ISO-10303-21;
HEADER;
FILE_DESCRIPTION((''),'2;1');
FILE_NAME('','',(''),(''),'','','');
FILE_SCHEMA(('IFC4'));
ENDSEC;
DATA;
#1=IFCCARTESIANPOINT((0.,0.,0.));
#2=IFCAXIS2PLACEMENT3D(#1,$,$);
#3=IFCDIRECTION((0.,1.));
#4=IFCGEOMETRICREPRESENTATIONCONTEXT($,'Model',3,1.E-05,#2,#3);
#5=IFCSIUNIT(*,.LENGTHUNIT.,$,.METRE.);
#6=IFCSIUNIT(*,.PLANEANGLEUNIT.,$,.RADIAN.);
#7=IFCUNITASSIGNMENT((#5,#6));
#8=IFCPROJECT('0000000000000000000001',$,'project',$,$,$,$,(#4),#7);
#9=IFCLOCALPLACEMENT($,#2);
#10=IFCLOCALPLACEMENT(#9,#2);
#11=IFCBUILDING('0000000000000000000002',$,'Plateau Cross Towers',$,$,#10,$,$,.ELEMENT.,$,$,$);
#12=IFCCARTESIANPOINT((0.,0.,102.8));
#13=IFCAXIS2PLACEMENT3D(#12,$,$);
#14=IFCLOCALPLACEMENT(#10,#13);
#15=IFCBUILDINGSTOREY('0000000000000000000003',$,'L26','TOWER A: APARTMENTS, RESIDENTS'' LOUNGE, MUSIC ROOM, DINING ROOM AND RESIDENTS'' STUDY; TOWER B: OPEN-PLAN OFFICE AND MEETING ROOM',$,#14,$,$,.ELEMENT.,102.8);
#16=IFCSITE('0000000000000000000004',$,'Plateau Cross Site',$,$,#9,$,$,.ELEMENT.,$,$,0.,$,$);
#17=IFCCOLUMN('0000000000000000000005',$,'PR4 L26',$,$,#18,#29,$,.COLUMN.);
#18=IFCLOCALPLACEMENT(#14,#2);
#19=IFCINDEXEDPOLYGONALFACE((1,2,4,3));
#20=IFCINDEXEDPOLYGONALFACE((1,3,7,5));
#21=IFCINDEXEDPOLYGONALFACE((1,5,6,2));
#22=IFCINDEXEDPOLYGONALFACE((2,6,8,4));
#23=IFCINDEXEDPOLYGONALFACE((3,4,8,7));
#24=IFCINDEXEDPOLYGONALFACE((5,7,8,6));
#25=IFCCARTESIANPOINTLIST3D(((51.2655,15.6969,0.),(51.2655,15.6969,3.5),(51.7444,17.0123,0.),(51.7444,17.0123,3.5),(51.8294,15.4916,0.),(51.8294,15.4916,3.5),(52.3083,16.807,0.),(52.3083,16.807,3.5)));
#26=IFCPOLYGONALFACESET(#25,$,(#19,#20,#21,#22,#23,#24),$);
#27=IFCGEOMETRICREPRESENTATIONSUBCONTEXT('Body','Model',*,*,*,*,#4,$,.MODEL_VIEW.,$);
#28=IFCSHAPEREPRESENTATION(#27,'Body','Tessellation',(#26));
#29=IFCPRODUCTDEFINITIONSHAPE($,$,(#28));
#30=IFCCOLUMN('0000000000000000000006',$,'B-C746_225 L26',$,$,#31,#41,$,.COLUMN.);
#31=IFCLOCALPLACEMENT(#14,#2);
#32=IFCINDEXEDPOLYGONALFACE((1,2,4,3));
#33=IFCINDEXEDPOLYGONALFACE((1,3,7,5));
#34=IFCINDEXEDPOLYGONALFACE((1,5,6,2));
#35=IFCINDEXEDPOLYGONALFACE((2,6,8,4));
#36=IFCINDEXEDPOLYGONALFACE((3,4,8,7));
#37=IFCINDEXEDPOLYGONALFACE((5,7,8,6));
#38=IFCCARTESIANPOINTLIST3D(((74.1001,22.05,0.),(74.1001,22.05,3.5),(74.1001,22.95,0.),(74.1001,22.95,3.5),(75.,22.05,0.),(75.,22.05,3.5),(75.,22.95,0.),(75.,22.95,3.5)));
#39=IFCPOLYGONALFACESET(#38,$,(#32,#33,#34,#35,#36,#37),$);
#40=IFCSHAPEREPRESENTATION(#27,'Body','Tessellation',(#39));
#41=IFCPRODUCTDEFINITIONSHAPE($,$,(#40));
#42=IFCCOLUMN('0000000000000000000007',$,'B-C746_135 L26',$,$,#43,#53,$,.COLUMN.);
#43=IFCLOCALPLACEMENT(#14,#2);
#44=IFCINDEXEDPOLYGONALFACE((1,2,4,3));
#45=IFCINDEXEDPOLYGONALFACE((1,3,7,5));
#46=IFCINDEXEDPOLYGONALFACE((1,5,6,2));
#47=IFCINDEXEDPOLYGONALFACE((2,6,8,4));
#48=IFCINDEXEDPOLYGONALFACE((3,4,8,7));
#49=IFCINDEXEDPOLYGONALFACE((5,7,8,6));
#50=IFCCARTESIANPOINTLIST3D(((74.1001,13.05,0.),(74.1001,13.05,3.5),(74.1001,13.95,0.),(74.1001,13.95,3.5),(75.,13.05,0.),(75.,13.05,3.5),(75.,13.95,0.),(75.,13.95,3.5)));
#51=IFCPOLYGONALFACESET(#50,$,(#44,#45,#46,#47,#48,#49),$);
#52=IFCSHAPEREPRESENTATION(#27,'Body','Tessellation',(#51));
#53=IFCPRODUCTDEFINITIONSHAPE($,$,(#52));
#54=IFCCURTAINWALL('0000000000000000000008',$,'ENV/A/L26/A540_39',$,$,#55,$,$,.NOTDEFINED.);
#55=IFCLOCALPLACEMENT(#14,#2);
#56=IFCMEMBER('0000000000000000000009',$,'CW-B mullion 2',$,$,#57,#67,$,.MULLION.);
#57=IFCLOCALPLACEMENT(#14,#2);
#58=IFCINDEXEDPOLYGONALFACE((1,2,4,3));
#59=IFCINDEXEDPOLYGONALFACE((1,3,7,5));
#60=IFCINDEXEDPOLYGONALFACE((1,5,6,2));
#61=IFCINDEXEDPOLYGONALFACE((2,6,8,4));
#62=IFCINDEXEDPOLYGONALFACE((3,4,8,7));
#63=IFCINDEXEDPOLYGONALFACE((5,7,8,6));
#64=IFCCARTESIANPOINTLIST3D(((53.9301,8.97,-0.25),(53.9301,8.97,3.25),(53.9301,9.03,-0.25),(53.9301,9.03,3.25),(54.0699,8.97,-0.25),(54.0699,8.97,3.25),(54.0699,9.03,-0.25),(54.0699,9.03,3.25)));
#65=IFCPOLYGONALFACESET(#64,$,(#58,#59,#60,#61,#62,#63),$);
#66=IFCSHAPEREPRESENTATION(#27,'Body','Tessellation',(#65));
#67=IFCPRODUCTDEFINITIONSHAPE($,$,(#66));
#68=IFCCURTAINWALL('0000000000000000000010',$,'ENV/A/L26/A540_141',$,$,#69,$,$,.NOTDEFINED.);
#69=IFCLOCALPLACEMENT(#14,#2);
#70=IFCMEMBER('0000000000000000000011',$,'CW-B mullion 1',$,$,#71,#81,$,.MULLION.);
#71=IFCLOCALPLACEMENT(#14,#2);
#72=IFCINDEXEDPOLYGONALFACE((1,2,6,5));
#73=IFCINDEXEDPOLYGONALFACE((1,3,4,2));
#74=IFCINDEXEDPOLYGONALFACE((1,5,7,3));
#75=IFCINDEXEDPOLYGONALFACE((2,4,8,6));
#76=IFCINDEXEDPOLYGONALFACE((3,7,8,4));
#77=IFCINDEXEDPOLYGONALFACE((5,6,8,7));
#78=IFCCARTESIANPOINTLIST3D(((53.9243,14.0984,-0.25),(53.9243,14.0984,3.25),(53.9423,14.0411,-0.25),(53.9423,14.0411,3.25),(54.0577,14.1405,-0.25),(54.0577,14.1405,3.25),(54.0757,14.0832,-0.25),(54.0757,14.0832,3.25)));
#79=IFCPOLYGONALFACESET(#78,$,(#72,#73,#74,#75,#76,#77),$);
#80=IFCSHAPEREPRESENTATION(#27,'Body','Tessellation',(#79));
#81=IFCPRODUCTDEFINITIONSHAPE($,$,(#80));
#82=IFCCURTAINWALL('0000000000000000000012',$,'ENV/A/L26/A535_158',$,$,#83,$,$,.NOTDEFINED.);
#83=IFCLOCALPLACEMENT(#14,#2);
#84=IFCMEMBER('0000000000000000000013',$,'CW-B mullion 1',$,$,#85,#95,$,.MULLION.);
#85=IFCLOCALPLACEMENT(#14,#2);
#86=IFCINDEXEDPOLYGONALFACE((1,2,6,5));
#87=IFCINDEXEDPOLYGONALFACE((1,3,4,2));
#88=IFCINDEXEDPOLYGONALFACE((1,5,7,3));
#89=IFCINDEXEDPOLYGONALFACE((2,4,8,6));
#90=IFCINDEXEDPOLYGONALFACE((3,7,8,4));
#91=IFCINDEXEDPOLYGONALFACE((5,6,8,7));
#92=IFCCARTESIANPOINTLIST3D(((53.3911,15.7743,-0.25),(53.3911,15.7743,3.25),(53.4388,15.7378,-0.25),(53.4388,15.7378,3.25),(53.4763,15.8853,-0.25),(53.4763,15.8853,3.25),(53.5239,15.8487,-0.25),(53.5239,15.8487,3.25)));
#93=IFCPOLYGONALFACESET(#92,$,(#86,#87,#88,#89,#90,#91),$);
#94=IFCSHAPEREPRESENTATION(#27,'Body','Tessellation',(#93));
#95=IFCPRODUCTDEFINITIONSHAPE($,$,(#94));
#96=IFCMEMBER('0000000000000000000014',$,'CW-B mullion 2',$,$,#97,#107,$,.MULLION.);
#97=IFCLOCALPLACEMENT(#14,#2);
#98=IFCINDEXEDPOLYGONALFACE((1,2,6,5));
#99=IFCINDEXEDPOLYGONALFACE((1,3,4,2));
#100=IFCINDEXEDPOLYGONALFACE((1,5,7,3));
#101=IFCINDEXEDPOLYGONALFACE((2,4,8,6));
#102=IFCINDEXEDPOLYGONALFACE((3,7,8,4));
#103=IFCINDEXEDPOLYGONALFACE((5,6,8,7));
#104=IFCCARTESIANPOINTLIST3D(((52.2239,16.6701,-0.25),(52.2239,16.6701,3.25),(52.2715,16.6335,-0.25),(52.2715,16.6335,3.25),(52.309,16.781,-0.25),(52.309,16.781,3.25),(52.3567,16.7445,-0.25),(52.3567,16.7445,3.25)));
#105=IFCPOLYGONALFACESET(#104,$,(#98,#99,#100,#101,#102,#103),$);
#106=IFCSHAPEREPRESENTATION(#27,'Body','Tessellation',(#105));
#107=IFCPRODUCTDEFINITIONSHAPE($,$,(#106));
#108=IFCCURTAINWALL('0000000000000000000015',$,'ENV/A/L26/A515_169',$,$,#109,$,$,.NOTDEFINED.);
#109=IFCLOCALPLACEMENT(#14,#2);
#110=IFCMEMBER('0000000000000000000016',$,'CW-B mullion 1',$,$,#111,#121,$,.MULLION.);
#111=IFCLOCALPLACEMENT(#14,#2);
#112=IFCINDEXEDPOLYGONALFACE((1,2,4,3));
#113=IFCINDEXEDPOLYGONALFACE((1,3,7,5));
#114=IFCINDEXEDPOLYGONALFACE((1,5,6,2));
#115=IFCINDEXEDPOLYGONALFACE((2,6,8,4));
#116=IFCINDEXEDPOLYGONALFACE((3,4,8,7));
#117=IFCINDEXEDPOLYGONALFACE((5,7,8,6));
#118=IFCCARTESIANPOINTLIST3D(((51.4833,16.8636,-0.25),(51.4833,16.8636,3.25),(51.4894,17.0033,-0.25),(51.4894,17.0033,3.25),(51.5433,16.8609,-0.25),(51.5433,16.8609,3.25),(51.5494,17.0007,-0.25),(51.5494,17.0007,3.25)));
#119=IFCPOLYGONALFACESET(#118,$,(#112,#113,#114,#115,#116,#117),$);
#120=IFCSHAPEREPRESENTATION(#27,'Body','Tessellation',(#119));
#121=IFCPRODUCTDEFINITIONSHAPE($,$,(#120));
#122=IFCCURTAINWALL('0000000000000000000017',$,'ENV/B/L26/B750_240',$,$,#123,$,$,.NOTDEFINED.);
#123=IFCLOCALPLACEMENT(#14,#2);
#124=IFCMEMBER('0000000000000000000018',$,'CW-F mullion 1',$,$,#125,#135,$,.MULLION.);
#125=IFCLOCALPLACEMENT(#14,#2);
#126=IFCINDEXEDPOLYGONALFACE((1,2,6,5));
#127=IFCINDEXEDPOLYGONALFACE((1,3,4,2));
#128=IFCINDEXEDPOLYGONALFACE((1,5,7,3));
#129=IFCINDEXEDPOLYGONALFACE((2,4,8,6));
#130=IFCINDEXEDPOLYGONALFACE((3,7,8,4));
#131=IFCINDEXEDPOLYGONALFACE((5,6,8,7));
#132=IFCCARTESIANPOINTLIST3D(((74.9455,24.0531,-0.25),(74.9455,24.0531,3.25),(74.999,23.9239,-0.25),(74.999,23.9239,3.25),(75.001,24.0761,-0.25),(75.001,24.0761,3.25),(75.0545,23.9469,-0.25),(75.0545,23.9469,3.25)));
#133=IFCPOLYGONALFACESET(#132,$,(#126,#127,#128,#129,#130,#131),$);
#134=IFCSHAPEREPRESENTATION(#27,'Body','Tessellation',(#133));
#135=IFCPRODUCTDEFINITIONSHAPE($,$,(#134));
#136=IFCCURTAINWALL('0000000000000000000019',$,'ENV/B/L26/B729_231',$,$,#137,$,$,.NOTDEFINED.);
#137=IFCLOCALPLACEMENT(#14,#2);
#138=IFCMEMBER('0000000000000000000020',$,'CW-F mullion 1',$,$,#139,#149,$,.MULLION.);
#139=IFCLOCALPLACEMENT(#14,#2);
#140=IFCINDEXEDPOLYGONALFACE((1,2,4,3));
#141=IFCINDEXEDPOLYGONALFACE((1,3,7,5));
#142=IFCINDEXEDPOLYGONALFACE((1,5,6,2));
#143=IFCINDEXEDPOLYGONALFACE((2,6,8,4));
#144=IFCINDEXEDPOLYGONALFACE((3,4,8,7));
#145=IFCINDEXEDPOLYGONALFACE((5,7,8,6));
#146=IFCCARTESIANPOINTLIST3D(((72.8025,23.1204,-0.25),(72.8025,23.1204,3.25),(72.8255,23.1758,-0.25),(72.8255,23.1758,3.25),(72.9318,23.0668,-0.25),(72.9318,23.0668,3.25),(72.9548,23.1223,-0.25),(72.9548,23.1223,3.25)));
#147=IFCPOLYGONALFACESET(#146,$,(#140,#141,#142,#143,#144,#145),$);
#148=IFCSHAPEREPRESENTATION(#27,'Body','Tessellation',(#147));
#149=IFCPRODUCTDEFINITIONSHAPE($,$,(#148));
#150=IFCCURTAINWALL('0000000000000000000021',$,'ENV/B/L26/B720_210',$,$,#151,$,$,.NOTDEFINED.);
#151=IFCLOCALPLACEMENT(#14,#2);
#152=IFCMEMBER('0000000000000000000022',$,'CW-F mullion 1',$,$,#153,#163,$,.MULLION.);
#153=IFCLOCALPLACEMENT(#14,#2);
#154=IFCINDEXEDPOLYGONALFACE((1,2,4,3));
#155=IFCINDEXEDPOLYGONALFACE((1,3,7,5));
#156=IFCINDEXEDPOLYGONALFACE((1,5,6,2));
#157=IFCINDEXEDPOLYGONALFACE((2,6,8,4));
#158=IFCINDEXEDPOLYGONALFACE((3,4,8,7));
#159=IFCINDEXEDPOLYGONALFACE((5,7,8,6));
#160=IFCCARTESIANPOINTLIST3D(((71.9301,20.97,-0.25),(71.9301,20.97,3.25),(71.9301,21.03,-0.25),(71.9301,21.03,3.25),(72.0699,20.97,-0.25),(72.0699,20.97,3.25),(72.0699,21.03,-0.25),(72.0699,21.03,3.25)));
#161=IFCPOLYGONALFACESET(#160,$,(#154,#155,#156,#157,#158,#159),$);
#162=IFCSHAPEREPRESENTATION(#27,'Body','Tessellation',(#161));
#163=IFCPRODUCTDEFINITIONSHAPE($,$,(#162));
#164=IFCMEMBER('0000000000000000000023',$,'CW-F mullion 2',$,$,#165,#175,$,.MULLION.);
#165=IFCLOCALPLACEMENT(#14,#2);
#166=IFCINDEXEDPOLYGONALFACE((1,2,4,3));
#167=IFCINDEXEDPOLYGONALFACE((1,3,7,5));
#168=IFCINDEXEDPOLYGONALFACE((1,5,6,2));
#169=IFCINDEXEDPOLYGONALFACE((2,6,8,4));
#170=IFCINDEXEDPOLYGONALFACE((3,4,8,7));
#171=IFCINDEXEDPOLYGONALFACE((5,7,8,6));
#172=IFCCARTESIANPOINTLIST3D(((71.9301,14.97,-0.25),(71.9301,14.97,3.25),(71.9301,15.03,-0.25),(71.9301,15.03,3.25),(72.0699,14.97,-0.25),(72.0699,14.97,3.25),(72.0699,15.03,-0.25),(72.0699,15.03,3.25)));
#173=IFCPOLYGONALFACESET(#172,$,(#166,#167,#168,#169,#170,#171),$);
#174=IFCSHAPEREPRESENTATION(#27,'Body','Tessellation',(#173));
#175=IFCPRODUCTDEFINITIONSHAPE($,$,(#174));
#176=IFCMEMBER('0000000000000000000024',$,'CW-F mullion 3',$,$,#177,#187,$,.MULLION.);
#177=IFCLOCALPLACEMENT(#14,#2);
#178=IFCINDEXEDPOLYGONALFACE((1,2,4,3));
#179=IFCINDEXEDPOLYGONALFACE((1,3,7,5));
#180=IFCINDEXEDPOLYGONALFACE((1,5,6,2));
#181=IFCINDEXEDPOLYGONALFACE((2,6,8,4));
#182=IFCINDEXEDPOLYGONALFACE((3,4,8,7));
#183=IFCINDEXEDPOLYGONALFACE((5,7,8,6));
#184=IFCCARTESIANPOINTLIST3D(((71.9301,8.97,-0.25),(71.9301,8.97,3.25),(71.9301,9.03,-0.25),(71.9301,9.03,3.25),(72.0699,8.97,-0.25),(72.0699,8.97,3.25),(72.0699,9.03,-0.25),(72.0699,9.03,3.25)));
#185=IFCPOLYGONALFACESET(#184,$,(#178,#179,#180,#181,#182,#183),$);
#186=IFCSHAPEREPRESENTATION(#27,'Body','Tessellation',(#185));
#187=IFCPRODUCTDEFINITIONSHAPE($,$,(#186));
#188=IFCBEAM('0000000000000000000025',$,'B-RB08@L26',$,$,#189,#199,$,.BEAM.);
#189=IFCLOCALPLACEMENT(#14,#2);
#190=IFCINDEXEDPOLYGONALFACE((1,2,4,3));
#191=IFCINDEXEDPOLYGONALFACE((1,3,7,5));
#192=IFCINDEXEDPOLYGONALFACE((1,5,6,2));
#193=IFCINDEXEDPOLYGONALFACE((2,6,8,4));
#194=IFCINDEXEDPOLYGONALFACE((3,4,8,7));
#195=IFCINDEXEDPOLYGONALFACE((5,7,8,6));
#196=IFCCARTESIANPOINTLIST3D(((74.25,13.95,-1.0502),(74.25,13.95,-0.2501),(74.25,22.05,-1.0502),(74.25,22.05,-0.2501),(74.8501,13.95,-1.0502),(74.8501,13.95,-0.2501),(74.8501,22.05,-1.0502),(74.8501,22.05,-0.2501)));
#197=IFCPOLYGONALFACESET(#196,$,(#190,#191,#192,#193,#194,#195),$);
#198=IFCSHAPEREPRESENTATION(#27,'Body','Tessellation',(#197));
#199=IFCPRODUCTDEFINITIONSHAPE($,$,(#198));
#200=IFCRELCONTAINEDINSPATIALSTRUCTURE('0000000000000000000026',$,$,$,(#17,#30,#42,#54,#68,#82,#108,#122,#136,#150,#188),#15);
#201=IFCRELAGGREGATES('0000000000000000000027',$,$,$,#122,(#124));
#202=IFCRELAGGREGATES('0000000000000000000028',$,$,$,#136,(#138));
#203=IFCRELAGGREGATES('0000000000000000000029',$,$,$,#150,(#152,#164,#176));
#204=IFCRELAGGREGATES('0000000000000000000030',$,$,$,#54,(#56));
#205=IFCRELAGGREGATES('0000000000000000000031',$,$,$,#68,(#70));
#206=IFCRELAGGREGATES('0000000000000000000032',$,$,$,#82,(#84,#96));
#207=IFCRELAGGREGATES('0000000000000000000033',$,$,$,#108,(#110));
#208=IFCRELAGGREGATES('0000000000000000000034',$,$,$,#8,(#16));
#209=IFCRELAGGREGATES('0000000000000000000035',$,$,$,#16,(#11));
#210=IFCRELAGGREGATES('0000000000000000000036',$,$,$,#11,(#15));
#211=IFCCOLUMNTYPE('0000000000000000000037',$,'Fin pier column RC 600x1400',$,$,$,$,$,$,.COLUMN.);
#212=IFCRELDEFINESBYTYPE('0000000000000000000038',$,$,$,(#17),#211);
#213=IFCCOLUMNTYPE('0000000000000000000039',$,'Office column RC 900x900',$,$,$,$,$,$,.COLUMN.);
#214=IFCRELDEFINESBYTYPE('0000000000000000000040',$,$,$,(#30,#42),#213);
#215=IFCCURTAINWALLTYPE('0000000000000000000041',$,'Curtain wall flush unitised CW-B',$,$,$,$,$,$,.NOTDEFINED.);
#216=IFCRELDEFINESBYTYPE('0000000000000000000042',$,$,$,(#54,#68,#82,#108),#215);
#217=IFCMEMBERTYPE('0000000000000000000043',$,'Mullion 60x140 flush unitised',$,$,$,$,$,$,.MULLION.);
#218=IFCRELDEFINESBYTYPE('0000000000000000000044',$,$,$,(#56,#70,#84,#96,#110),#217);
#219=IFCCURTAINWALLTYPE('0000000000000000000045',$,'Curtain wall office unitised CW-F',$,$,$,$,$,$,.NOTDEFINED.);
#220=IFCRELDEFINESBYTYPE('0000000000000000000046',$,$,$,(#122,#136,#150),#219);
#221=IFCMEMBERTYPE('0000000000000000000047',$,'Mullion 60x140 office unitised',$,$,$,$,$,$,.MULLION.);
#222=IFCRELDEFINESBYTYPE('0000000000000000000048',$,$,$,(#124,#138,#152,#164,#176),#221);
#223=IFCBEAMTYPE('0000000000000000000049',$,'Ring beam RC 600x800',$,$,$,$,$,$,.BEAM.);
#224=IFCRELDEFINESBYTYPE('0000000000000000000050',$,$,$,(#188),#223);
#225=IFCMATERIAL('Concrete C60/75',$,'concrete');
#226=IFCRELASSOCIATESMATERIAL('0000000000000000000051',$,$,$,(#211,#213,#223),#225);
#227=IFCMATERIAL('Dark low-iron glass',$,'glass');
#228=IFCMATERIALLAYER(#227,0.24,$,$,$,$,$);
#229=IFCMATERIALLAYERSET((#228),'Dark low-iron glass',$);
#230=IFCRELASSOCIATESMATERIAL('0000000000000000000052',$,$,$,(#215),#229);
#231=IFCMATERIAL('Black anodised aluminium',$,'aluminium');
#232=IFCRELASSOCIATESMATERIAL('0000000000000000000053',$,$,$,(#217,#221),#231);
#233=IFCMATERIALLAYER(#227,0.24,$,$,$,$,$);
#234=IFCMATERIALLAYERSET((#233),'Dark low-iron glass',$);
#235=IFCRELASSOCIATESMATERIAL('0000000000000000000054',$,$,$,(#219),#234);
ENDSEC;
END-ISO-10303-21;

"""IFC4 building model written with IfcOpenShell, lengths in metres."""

from ifc_helpers import new_model, si_unit, direction, frame, origin, origin_2d, place, context, subcontext, project, spatial, rectangle, extrude, material, layer, layer_set, material_profile, profile_set, type_object, element, aggregate, save


model = new_model("IFC4")

# Units and contexts
model_context = context("Model", 3, precision=1e-05, world=origin(), true_north=direction((0.0, 1.0)))
body_context = subcontext(model_context, "Body", "Model", "MODEL_VIEW")
ifc_project = project(units=[si_unit("LENGTHUNIT", "METRE"), si_unit("PLANEANGLEUNIT", "RADIAN")], contexts=[model_context])

# Site, building, storey
site_placement = place(None, origin())
site = spatial("IfcSite", under=ifc_project, at=site_placement, Name="Plateau Cross Site", CompositionType="ELEMENT", RefElevation=0.0)
building_placement = place(site_placement, origin())
building = spatial("IfcBuilding", under=site, at=building_placement, Name="Plateau Cross Towers", CompositionType="ELEMENT")
storey_placement = place(building_placement, frame((0.0, 0.0, 102.8)))
storey = spatial("IfcBuildingStorey", under=building, at=storey_placement, Name="L26", Description="TOWER A: APARTMENTS, RESIDENTS' LOUNGE, MUSIC ROOM, DINING ROOM AND RESIDENTS' STUDY; TOWER B: OPEN-PLAN OFFICE AND MEETING ROOM", CompositionType="ELEMENT", Elevation=102.8)

# Columns
ifc_material_1 = material(Name="Concrete C60/75", Category="concrete")
ifc_material_profile_1 = material_profile(ifc_material_1, rectangle(XDim=0.6001, YDim=1.3999, at=origin_2d()), Name="RC 600x1400")
ifc_profile_set_1 = profile_set([ifc_material_profile_1], Name="Concrete C60/75")
column_type_1 = type_object("IfcColumnType", Name="Fin pier column RC 600x1400", PredefinedType="COLUMN", material=ifc_profile_set_1)
column_placement = place(storey_placement, frame((51.7869, 16.252, 0.0), z_axis=(0.0, 0.0, 1.0), x_axis=(-0.939664, 0.342098, 0.0)))
element("IfcColumn", 1, at=column_placement, inside=storey, type_object=column_type_1, Name="PR4 L26", PredefinedType="COLUMN", context=body_context, shape_type="SweptSolid", body=[
    extrude(rectangle(XDim=0.6001, YDim=1.3999, at=origin_2d()), origin(), (0.0, 0.0, 1.0), 3.5),
])
ifc_material_profile_2 = material_profile(ifc_material_1, rectangle(XDim=0.8999, YDim=0.8999, at=origin_2d()), Name="RC 900x900")
ifc_profile_set_2 = profile_set([ifc_material_profile_2], Name="Concrete C60/75")
column_type_2 = type_object("IfcColumnType", Name="Office column RC 900x900", PredefinedType="COLUMN", material=ifc_profile_set_2)
for number, where, z_axis, x_axis, name in (
    (2, (74.55, 22.5, 0.0), (0.0, 0.0, 1.0), (1.0, 0.0, 0.0), "B-C746_225 L26"),
    (3, (74.55, 13.5, 0.0), (0.0, 0.0, 1.0), (1.0, 0.0, 0.0), "B-C746_135 L26"),
):
    element("IfcColumn", number, at=place(storey_placement, frame(where, z_axis=z_axis, x_axis=x_axis)), inside=storey, type_object=column_type_2, Name=name, PredefinedType="COLUMN", context=body_context, shape_type="SweptSolid", body=[
        extrude(rectangle(XDim=0.8999, YDim=0.8999, at=origin_2d()), origin(), (0.0, 0.0, 1.0), 3.5),
    ])

# Curtain walls, members
ifc_material_2 = material(Name="Dark low-iron glass", Category="glass")
ifc_layer_1 = layer(ifc_material_2, 0.24)
ifc_layer_set_1 = layer_set([ifc_layer_1], Name="Dark low-iron glass")
curtain_wall_type_1 = type_object("IfcCurtainWallType", Name="Curtain wall flush unitised CW-B", PredefinedType="NOTDEFINED", material=ifc_layer_set_1)
curtain_wall_1_placement = place(storey_placement, origin())
curtain_wall_1 = element("IfcCurtainWall", 4, at=curtain_wall_1_placement, inside=storey, type_object=curtain_wall_type_1, Name="ENV/A/L26/A540_39", PredefinedType="NOTDEFINED")
ifc_material_3 = material(Name="Black anodised aluminium", Category="aluminium")
ifc_material_profile_3 = material_profile(ifc_material_3, rectangle(XDim=0.0601, YDim=0.1399, at=origin_2d()), Name="MULLION 60x140")
ifc_profile_set_3 = profile_set([ifc_material_profile_3], Name="Black anodised aluminium")
member_type_1 = type_object("IfcMemberType", Name="Mullion 60x140 flush unitised", PredefinedType="MULLION", material=ifc_profile_set_3)
member_1_placement = place(storey_placement, frame((54.0, 9.0, -0.25), z_axis=(0.0, 0.0, 1.0), x_axis=(0.0, 1.0, 0.0)))
member_1 = element("IfcMember", 5, at=member_1_placement, type_object=member_type_1, Name="CW-B mullion 2", PredefinedType="MULLION", context=body_context, shape_type="SweptSolid", body=[
    extrude(rectangle(XDim=0.0601, YDim=0.1399, at=origin_2d()), origin(), (0.0, 0.0, 1.0), 3.5),
])
curtain_wall_2_placement = place(storey_placement, origin())
curtain_wall_2 = element("IfcCurtainWall", 6, at=curtain_wall_2_placement, inside=storey, type_object=curtain_wall_type_1, Name="ENV/A/L26/A540_141", PredefinedType="NOTDEFINED")
member_2_placement = place(storey_placement, frame((54.0, 14.0908, -0.25), z_axis=(0.0, 0.0, 1.0), x_axis=(-0.300686, 0.953723, 0.0)))
member_2 = element("IfcMember", 7, at=member_2_placement, type_object=member_type_1, Name="CW-B mullion 1", PredefinedType="MULLION", context=body_context, shape_type="SweptSolid", body=[
    extrude(rectangle(XDim=0.0601, YDim=0.1399, at=origin_2d()), origin(), (0.0, 0.0, 1.0), 3.5),
])

# Curtain wall, members
curtain_wall_3_placement = place(storey_placement, origin())
curtain_wall_3 = element("IfcCurtainWall", 8, at=curtain_wall_3_placement, inside=storey, type_object=curtain_wall_type_1, Name="ENV/A/L26/A535_158", PredefinedType="NOTDEFINED")
member_3_placement = place(storey_placement, frame((53.4575, 15.8115, -0.25), z_axis=(0.0, 0.0, 1.0), x_axis=(-0.793316, 0.608811, 0.0)))
member_3 = element("IfcMember", 9, at=member_3_placement, type_object=member_type_1, Name="CW-B mullion 1", PredefinedType="MULLION", context=body_context, shape_type="SweptSolid", body=[
    extrude(rectangle(XDim=0.0601, YDim=0.1399, at=origin_2d()), origin(), (0.0, 0.0, 1.0), 3.5),
])
member_4_placement = place(storey_placement, frame((52.2903, 16.7073, -0.25), z_axis=(0.0, 0.0, 1.0), x_axis=(-0.793316, 0.608811, 0.0)))
member_4 = element("IfcMember", 10, at=member_4_placement, type_object=member_type_1, Name="CW-B mullion 2", PredefinedType="MULLION", context=body_context, shape_type="SweptSolid", body=[
    extrude(rectangle(XDim=0.0601, YDim=0.1399, at=origin_2d()), origin(), (0.0, 0.0, 1.0), 3.5),
])

# Curtain walls, members
curtain_wall_4_placement = place(storey_placement, origin())
curtain_wall_4 = element("IfcCurtainWall", 11, at=curtain_wall_4_placement, inside=storey, type_object=curtain_wall_type_1, Name="ENV/A/L26/A515_169", PredefinedType="NOTDEFINED")
member_5_placement = place(storey_placement, frame((51.5164, 16.9321, -0.25), z_axis=(0.0, 0.0, 1.0), x_axis=(-0.999044, 0.043723, 0.0)))
member_5 = element("IfcMember", 12, at=member_5_placement, type_object=member_type_1, Name="CW-B mullion 1", PredefinedType="MULLION", context=body_context, shape_type="SweptSolid", body=[
    extrude(rectangle(XDim=0.0601, YDim=0.1399, at=origin_2d()), origin(), (0.0, 0.0, 1.0), 3.5),
])
ifc_layer_2 = layer(ifc_material_2, 0.24)
ifc_layer_set_2 = layer_set([ifc_layer_2], Name="Dark low-iron glass")
curtain_wall_type_2 = type_object("IfcCurtainWallType", Name="Curtain wall office unitised CW-F", PredefinedType="NOTDEFINED", material=ifc_layer_set_2)
curtain_wall_5_placement = place(storey_placement, origin())
curtain_wall_5 = element("IfcCurtainWall", 13, at=curtain_wall_5_placement, inside=storey, type_object=curtain_wall_type_2, Name="ENV/B/L26/B750_240", PredefinedType="NOTDEFINED")
ifc_material_profile_4 = material_profile(ifc_material_3, rectangle(XDim=0.0601, YDim=0.1399, at=origin_2d()), Name="MULLION 60x140")
ifc_profile_set_4 = profile_set([ifc_material_profile_4], Name="Black anodised aluminium")
member_type_2 = type_object("IfcMemberType", Name="Mullion 60x140 office unitised", PredefinedType="MULLION", material=ifc_profile_set_4)
member_6_placement = place(storey_placement, frame((75.0, 24.0, -0.25), z_axis=(0.0, 0.0, 1.0), x_axis=(-0.923879, -0.382684, 0.0)))
member_6 = element("IfcMember", 14, at=member_6_placement, type_object=member_type_2, Name="CW-F mullion 1", PredefinedType="MULLION", context=body_context, shape_type="SweptSolid", body=[
    extrude(rectangle(XDim=0.0601, YDim=0.1399, at=origin_2d()), origin(), (0.0, 0.0, 1.0), 3.5),
])
curtain_wall_6_placement = place(storey_placement, origin())
curtain_wall_6 = element("IfcCurtainWall", 15, at=curtain_wall_6_placement, inside=storey, type_object=curtain_wall_type_2, Name="ENV/B/L26/B729_231", PredefinedType="NOTDEFINED")
member_7_placement = place(storey_placement, frame((72.8787, 23.1213, -0.25), z_axis=(0.0, 0.0, 1.0), x_axis=(-0.382684, -0.923879, 0.0)))
member_7 = element("IfcMember", 16, at=member_7_placement, type_object=member_type_2, Name="CW-F mullion 1", PredefinedType="MULLION", context=body_context, shape_type="SweptSolid", body=[
    extrude(rectangle(XDim=0.0601, YDim=0.1399, at=origin_2d()), origin(), (0.0, 0.0, 1.0), 3.5),
])

# Curtain wall, members
curtain_wall_7_placement = place(storey_placement, origin())
curtain_wall_7 = element("IfcCurtainWall", 17, at=curtain_wall_7_placement, inside=storey, type_object=curtain_wall_type_2, Name="ENV/B/L26/B720_210", PredefinedType="NOTDEFINED")
member_8_placement = place(storey_placement, frame((72.0, 21.0, -0.25), z_axis=(0.0, 0.0, 1.0), x_axis=(0.0, -1.0, 0.0)))
member_8 = element("IfcMember", 18, at=member_8_placement, type_object=member_type_2, Name="CW-F mullion 1", PredefinedType="MULLION", context=body_context, shape_type="SweptSolid", body=[
    extrude(rectangle(XDim=0.0601, YDim=0.1399, at=origin_2d()), origin(), (0.0, 0.0, 1.0), 3.5),
])
member_9_placement = place(storey_placement, frame((72.0, 15.0, -0.25), z_axis=(0.0, 0.0, 1.0), x_axis=(0.0, -1.0, 0.0)))
member_9 = element("IfcMember", 19, at=member_9_placement, type_object=member_type_2, Name="CW-F mullion 2", PredefinedType="MULLION", context=body_context, shape_type="SweptSolid", body=[
    extrude(rectangle(XDim=0.0601, YDim=0.1399, at=origin_2d()), origin(), (0.0, 0.0, 1.0), 3.5),
])
member_10_placement = place(storey_placement, frame((72.0, 9.0, -0.25), z_axis=(0.0, 0.0, 1.0), x_axis=(0.0, -1.0, 0.0)))
member_10 = element("IfcMember", 20, at=member_10_placement, type_object=member_type_2, Name="CW-F mullion 3", PredefinedType="MULLION", context=body_context, shape_type="SweptSolid", body=[
    extrude(rectangle(XDim=0.0601, YDim=0.1399, at=origin_2d()), origin(), (0.0, 0.0, 1.0), 3.5),
])

# Beam
ifc_material_profile_5 = material_profile(ifc_material_1, rectangle(XDim=0.6001, YDim=0.8, at=origin_2d()), Name="RC 600x800")
ifc_profile_set_5 = profile_set([ifc_material_profile_5], Name="Concrete C60/75")
beam_type = type_object("IfcBeamType", Name="Ring beam RC 600x800", PredefinedType="BEAM", material=ifc_profile_set_5)
for number, where, z_axis, x_axis, name in (
    (21, (74.55, 22.05, -0.6501), (0.0, -1.0, 0.0), (1.0, 0.0, 0.0), "B-RB08@L26"),
):
    element("IfcBeam", number, at=place(storey_placement, frame(where, z_axis=z_axis, x_axis=x_axis)), inside=storey, type_object=beam_type, Name=name, PredefinedType="BEAM", context=body_context, shape_type="SweptSolid", body=[
        extrude(rectangle(XDim=0.6001, YDim=0.8, at=origin_2d()), origin(), (0.0, 0.0, 1.0), 8.1001),
    ])

aggregate(curtain_wall_5, [member_6])
aggregate(curtain_wall_6, [member_7])
aggregate(curtain_wall_7, [member_8, member_9, member_10])
aggregate(curtain_wall_1, [member_1])
aggregate(curtain_wall_2, [member_2])
aggregate(curtain_wall_3, [member_3, member_4])
aggregate(curtain_wall_4, [member_5])

save(model, "model.ifc")
